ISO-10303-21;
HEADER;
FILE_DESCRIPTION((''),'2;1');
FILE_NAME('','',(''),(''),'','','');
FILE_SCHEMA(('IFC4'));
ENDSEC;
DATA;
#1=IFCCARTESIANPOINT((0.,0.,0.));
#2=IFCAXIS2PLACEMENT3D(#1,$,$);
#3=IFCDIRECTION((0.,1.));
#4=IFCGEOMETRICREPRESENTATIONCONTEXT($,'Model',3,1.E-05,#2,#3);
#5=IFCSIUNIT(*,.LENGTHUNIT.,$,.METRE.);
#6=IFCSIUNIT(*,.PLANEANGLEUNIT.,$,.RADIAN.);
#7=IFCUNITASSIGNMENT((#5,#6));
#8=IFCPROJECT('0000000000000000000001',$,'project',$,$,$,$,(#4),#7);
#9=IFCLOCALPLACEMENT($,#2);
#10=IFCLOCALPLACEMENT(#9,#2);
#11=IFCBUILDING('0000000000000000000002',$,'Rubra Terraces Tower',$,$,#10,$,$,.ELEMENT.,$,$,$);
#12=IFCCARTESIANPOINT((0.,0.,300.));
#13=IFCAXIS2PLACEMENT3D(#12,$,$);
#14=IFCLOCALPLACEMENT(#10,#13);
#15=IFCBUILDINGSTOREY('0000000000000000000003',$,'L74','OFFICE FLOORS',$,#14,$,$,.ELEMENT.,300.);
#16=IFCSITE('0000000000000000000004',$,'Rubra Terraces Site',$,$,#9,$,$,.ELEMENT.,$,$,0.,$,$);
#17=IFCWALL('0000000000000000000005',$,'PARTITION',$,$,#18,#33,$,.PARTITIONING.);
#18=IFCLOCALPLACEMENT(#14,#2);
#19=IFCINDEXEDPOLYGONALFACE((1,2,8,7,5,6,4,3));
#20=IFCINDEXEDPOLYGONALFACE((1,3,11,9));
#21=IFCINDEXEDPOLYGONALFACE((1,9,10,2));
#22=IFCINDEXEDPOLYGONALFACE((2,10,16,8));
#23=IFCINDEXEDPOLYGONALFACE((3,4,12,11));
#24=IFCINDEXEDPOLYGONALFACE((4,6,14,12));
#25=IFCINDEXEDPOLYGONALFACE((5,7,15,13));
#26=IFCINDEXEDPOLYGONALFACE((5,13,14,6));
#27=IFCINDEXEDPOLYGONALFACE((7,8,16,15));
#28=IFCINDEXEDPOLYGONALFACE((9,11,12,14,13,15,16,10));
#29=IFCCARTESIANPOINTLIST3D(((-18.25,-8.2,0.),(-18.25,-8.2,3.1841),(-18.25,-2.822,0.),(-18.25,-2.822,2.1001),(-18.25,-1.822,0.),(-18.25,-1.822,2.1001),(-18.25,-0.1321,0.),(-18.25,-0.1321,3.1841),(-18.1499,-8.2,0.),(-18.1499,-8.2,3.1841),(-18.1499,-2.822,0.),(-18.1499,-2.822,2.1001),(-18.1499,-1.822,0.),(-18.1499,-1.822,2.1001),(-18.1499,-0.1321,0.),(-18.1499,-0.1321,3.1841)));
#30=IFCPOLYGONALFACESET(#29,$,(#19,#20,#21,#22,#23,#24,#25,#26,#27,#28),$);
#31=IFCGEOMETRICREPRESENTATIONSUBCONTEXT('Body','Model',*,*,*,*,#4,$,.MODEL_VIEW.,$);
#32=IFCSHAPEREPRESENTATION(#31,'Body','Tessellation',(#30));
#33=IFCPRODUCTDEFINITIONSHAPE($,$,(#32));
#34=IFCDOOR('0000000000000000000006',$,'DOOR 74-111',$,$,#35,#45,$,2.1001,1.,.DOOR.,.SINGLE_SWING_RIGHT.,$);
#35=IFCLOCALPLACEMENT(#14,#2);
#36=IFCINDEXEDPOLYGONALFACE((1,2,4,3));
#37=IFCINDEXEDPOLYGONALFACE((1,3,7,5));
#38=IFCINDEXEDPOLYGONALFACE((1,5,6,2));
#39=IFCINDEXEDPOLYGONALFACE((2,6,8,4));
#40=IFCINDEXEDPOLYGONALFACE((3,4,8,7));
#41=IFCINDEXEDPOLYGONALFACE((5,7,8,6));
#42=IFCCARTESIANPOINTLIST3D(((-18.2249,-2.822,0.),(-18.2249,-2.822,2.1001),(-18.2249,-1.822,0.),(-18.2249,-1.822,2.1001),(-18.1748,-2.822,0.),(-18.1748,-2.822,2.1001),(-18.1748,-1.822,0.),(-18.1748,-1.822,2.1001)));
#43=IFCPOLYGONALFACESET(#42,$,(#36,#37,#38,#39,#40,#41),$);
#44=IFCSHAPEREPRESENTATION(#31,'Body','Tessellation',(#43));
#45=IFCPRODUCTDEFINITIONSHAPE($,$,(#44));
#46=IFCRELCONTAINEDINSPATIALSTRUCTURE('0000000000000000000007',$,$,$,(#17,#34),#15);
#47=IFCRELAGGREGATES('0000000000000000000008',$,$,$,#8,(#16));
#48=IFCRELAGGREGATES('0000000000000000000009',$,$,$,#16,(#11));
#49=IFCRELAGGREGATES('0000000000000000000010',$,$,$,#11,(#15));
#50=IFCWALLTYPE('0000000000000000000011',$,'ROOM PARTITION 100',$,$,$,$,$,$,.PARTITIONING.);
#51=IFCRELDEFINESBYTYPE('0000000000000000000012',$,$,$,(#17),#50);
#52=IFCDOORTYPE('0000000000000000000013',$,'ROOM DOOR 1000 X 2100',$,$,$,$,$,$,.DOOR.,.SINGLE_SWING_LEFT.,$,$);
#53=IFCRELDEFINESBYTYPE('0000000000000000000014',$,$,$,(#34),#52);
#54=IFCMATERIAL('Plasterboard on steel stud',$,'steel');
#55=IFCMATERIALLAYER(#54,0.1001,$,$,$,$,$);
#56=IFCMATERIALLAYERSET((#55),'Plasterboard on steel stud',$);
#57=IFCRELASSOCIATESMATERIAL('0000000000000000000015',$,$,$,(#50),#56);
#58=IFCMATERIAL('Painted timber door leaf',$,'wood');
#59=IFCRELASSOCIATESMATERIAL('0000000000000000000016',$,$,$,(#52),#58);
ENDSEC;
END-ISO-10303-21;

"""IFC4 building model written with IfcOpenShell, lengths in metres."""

from ifc_helpers import new_model, si_unit, direction, frame, frame_2d, origin, place, context, subcontext, project, spatial, rectangle, extrude, material, layer, layer_set, type_object, element, fill, save


model = new_model("IFC4")

# Units and contexts
model_context = context("Model", 3, precision=1e-05, world=origin(), true_north=direction((0.0, 1.0)))
body_context = subcontext(model_context, "Body", "Model", "MODEL_VIEW")
ifc_project = project(units=[si_unit("LENGTHUNIT", "METRE"), si_unit("PLANEANGLEUNIT", "RADIAN")], contexts=[model_context])

# Site, building, storey
site_placement = place(None, origin())
site = spatial("IfcSite", under=ifc_project, at=site_placement, Name="Rubra Terraces Site", CompositionType="ELEMENT", RefElevation=0.0)
building_placement = place(site_placement, origin())
building = spatial("IfcBuilding", under=site, at=building_placement, Name="Rubra Terraces Tower", CompositionType="ELEMENT")
storey_placement = place(building_placement, frame((0.0, 0.0, 300.0)))
storey = spatial("IfcBuildingStorey", under=building, at=storey_placement, Name="L74", Description="OFFICE FLOORS", CompositionType="ELEMENT", Elevation=300.0)

# Wall, opening, door
ifc_material_1 = material(Name="Plasterboard on steel stud", Category="steel")
ifc_layer_1 = layer(ifc_material_1, 0.1001)
ifc_layer_set_1 = layer_set([ifc_layer_1], Name="Plasterboard on steel stud")
wall_type_1 = type_object("IfcWallType", Name="ROOM PARTITION 100", PredefinedType="PARTITIONING", material=ifc_layer_set_1)
wall_1_placement = place(storey_placement, frame((-18.2, -8.2, 0.0), z_axis=(0.0, 0.0, 1.0), x_axis=(0.0, 1.0, 0.0)))
wall_1 = element("IfcWall", 1, at=wall_1_placement, inside=storey, type_object=wall_type_1, Name="PARTITION", PredefinedType="PARTITIONING", context=body_context, shape_type="SweptSolid", body=[
    extrude(rectangle(XDim=8.0679, YDim=0.1001, at=frame_2d((4.0339, 0.0))), origin(), (0.0, 0.0, 1.0), 3.1841),
])
opening_1_placement = place(wall_1_placement, frame((5.3779, 0.0, 0.0)))
opening_1 = element("IfcOpeningElement", 2, at=opening_1_placement, cuts=wall_1, PredefinedType="OPENING", context=body_context, shape_type="SweptSolid", body=[
    extrude(rectangle(XDim=1.0, YDim=2.1001, at=frame_2d((0.5, 1.05))), frame((0.0, 0.0601, 0.0), z_axis=(0.0, -1.0, 0.0), x_axis=(1.0, 0.0, 0.0)), (0.0, 0.0, 1.0), 0.1201),
])
ifc_material_2 = material(Name="Painted timber door leaf", Category="wood")
door_type = type_object("IfcDoorType", Name="ROOM DOOR 1000 X 2100", OperationType="SINGLE_SWING_LEFT", PredefinedType="DOOR", material=ifc_material_2)
door_placement = place(opening_1_placement, origin())
door = element("IfcDoor", 3, at=door_placement, inside=storey, type_object=door_type, Name="DOOR 74-111", OperationType="SINGLE_SWING_RIGHT", OverallHeight=2.1001, OverallWidth=1.0, PredefinedType="DOOR", context=body_context, shape_type="SweptSolid", body=[
    extrude(rectangle(XDim=1.0, YDim=2.1001, at=frame_2d((0.5, 1.05))), frame((0.0, 0.0249, 0.0), z_axis=(0.0, -1.0, 0.0), x_axis=(1.0, 0.0, 0.0)), (0.0, 0.0, 1.0), 0.05),
])
fill(opening_1, door)

save(model, "model.ifc")
